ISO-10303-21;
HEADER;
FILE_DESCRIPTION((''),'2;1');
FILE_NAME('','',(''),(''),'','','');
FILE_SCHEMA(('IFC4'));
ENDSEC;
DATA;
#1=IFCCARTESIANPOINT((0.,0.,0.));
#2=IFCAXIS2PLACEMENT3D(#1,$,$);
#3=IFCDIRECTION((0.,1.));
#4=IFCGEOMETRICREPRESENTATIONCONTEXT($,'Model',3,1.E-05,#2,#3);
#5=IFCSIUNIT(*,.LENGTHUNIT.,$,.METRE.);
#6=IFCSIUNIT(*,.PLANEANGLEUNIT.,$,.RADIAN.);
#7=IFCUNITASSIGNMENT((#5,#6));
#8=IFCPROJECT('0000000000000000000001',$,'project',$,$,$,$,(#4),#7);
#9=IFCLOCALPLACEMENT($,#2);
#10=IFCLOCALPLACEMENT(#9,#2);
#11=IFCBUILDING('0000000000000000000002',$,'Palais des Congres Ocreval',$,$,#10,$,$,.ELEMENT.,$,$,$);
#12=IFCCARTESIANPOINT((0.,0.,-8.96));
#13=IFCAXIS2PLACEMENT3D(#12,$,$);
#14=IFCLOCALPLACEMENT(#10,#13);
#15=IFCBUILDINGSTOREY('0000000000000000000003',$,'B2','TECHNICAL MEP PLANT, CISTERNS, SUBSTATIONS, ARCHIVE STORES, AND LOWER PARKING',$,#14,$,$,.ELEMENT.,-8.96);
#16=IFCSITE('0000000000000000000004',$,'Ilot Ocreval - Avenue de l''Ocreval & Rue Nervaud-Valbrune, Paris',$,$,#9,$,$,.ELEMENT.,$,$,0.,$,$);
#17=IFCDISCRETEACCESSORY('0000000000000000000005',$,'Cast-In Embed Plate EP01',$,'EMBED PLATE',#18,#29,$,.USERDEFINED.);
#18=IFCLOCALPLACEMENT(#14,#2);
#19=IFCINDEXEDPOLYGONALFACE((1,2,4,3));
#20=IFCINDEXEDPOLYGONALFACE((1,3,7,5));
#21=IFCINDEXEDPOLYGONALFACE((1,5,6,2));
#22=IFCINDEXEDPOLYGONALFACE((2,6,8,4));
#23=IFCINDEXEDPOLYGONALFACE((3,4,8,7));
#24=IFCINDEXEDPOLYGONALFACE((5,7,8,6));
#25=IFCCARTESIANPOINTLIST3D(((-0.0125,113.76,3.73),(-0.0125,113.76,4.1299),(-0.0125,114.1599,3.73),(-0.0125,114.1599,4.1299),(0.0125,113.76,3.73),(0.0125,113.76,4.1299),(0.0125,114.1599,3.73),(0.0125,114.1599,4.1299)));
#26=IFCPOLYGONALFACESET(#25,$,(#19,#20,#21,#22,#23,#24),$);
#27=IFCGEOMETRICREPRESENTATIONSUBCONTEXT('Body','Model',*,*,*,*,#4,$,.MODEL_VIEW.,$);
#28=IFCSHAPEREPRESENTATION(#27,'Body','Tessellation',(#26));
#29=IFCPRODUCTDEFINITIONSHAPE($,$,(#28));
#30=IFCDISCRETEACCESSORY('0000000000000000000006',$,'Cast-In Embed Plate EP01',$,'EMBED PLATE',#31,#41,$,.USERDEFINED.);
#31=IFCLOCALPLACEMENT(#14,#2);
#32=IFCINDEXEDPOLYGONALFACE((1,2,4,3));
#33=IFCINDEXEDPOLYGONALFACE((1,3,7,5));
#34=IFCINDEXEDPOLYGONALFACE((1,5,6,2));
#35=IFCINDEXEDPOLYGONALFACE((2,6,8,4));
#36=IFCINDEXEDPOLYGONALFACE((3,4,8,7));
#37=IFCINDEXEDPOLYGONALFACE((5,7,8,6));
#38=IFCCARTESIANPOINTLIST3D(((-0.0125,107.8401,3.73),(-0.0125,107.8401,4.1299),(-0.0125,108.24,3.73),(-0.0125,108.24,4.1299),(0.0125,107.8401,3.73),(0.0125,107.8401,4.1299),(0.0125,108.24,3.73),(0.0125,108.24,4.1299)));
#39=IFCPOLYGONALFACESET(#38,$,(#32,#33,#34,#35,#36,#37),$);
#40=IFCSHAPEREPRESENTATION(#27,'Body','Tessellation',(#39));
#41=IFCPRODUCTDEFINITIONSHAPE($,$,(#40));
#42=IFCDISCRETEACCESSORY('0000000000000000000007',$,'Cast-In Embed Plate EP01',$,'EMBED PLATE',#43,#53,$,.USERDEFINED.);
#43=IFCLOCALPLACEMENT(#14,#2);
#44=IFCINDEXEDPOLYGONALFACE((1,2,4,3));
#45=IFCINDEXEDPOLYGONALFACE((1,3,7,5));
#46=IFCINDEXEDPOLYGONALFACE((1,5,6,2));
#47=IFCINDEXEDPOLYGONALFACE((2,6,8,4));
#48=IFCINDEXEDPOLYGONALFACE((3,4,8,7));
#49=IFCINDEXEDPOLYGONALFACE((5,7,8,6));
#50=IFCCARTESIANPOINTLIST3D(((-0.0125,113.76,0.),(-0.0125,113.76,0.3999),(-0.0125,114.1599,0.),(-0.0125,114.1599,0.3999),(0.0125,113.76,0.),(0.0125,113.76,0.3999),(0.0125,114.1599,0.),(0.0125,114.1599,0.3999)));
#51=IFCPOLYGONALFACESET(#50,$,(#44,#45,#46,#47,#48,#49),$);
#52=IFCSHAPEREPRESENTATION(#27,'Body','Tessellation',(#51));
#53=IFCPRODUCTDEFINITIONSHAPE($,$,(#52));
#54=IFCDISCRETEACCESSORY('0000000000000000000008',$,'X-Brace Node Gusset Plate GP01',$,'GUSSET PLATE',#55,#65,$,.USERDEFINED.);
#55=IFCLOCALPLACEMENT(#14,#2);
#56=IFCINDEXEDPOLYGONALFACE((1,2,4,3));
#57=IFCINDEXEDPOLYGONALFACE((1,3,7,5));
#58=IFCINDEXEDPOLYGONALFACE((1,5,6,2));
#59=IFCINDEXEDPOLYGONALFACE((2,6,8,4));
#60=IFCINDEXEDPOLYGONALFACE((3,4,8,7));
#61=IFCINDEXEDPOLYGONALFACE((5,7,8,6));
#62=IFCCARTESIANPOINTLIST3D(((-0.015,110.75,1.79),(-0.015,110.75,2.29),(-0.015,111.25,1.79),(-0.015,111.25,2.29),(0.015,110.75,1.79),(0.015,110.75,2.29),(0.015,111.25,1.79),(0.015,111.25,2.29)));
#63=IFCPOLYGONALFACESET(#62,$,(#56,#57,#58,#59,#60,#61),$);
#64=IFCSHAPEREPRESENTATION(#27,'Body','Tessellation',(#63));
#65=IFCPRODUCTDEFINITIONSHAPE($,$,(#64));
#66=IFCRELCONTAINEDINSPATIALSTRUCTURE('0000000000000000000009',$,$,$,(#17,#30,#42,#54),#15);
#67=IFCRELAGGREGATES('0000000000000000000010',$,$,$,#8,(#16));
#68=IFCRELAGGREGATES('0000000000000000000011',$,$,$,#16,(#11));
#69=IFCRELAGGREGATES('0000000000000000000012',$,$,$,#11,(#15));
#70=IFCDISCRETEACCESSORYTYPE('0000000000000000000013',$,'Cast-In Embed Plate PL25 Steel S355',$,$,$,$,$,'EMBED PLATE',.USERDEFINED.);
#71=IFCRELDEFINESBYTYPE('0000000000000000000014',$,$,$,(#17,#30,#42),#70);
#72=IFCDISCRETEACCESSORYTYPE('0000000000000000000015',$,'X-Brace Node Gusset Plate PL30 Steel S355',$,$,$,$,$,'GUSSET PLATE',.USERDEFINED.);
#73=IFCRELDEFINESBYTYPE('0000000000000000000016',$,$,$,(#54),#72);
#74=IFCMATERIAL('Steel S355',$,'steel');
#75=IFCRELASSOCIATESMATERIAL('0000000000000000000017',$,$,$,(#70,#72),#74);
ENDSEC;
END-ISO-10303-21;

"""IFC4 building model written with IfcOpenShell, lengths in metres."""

from ifc_helpers import new_model, si_unit, direction, frame, origin, origin_2d, place, context, subcontext, project, spatial, rectangle, extrude, material, type_object, element, save


model = new_model("IFC4")

# Units and contexts
model_context = context("Model", 3, precision=1e-05, world=origin(), true_north=direction((0.0, 1.0)))
body_context = subcontext(model_context, "Body", "Model", "MODEL_VIEW")
ifc_project = project(units=[si_unit("LENGTHUNIT", "METRE"), si_unit("PLANEANGLEUNIT", "RADIAN")], contexts=[model_context])

# Site, building, storey
site_placement = place(None, origin())
site = spatial("IfcSite", under=ifc_project, at=site_placement, Name="Ilot Ocreval - Avenue de l'Ocreval & Rue Nervaud-Valbrune, Paris", CompositionType="ELEMENT", RefElevation=0.0)
building_placement = place(site_placement, origin())
building = spatial("IfcBuilding", under=site, at=building_placement, Name="Palais des Congres Ocreval", CompositionType="ELEMENT")
storey_placement = place(building_placement, frame((0.0, 0.0, -8.96)))
storey = spatial("IfcBuildingStorey", under=building, at=storey_placement, Name="B2", Description="TECHNICAL MEP PLANT, CISTERNS, SUBSTATIONS, ARCHIVE STORES, AND LOWER PARKING", CompositionType="ELEMENT", Elevation=-8.96)

# Shared definitions
ifc_material_1 = material(Name="Steel S355", Category="steel")

# Discrete accessories
discrete_accessory_type_1 = type_object("IfcDiscreteAccessoryType", Name="Cast-In Embed Plate PL25 Steel S355", ElementType="EMBED PLATE", PredefinedType="USERDEFINED", material=ifc_material_1)
for number, where, z_axis, x_axis, name in (
    (1, (0.0, 113.96, 3.73), (0.0, 0.0, 1.0), (0.0, 1.0, 0.0), "Cast-In Embed Plate EP01"),
    (2, (0.0, 108.04, 3.73), (0.0, 0.0, 1.0), (0.0, 1.0, 0.0), "Cast-In Embed Plate EP01"),
    (3, (0.0, 113.96, 0.0), (0.0, 0.0, 1.0), (0.0, 1.0, 0.0), "Cast-In Embed Plate EP01"),
):
    element("IfcDiscreteAccessory", number, at=place(storey_placement, frame(where, z_axis=z_axis, x_axis=x_axis)), inside=storey, type_object=discrete_accessory_type_1, Name=name, ObjectType="EMBED PLATE", PredefinedType="USERDEFINED", context=body_context, shape_type="SweptSolid", body=[
        extrude(rectangle(XDim=0.3999, YDim=0.0249, at=origin_2d()), origin(), (0.0, 0.0, 1.0), 0.3999),
    ])
discrete_accessory_type_2 = type_object("IfcDiscreteAccessoryType", Name="X-Brace Node Gusset Plate PL30 Steel S355", ElementType="GUSSET PLATE", PredefinedType="USERDEFINED", material=ifc_material_1)
discrete_accessory_placement = place(storey_placement, frame((0.0, 111.0, 1.79), z_axis=(0.0, 0.0, 1.0), x_axis=(0.0, 1.0, 0.0)))
element("IfcDiscreteAccessory", 4, at=discrete_accessory_placement, inside=storey, type_object=discrete_accessory_type_2, Name="X-Brace Node Gusset Plate GP01", ObjectType="GUSSET PLATE", PredefinedType="USERDEFINED", context=body_context, shape_type="SweptSolid", body=[
    extrude(rectangle(XDim=0.5, YDim=0.03, at=origin_2d()), origin(), (0.0, 0.0, 1.0), 0.5),
])

save(model, "model.ifc")
